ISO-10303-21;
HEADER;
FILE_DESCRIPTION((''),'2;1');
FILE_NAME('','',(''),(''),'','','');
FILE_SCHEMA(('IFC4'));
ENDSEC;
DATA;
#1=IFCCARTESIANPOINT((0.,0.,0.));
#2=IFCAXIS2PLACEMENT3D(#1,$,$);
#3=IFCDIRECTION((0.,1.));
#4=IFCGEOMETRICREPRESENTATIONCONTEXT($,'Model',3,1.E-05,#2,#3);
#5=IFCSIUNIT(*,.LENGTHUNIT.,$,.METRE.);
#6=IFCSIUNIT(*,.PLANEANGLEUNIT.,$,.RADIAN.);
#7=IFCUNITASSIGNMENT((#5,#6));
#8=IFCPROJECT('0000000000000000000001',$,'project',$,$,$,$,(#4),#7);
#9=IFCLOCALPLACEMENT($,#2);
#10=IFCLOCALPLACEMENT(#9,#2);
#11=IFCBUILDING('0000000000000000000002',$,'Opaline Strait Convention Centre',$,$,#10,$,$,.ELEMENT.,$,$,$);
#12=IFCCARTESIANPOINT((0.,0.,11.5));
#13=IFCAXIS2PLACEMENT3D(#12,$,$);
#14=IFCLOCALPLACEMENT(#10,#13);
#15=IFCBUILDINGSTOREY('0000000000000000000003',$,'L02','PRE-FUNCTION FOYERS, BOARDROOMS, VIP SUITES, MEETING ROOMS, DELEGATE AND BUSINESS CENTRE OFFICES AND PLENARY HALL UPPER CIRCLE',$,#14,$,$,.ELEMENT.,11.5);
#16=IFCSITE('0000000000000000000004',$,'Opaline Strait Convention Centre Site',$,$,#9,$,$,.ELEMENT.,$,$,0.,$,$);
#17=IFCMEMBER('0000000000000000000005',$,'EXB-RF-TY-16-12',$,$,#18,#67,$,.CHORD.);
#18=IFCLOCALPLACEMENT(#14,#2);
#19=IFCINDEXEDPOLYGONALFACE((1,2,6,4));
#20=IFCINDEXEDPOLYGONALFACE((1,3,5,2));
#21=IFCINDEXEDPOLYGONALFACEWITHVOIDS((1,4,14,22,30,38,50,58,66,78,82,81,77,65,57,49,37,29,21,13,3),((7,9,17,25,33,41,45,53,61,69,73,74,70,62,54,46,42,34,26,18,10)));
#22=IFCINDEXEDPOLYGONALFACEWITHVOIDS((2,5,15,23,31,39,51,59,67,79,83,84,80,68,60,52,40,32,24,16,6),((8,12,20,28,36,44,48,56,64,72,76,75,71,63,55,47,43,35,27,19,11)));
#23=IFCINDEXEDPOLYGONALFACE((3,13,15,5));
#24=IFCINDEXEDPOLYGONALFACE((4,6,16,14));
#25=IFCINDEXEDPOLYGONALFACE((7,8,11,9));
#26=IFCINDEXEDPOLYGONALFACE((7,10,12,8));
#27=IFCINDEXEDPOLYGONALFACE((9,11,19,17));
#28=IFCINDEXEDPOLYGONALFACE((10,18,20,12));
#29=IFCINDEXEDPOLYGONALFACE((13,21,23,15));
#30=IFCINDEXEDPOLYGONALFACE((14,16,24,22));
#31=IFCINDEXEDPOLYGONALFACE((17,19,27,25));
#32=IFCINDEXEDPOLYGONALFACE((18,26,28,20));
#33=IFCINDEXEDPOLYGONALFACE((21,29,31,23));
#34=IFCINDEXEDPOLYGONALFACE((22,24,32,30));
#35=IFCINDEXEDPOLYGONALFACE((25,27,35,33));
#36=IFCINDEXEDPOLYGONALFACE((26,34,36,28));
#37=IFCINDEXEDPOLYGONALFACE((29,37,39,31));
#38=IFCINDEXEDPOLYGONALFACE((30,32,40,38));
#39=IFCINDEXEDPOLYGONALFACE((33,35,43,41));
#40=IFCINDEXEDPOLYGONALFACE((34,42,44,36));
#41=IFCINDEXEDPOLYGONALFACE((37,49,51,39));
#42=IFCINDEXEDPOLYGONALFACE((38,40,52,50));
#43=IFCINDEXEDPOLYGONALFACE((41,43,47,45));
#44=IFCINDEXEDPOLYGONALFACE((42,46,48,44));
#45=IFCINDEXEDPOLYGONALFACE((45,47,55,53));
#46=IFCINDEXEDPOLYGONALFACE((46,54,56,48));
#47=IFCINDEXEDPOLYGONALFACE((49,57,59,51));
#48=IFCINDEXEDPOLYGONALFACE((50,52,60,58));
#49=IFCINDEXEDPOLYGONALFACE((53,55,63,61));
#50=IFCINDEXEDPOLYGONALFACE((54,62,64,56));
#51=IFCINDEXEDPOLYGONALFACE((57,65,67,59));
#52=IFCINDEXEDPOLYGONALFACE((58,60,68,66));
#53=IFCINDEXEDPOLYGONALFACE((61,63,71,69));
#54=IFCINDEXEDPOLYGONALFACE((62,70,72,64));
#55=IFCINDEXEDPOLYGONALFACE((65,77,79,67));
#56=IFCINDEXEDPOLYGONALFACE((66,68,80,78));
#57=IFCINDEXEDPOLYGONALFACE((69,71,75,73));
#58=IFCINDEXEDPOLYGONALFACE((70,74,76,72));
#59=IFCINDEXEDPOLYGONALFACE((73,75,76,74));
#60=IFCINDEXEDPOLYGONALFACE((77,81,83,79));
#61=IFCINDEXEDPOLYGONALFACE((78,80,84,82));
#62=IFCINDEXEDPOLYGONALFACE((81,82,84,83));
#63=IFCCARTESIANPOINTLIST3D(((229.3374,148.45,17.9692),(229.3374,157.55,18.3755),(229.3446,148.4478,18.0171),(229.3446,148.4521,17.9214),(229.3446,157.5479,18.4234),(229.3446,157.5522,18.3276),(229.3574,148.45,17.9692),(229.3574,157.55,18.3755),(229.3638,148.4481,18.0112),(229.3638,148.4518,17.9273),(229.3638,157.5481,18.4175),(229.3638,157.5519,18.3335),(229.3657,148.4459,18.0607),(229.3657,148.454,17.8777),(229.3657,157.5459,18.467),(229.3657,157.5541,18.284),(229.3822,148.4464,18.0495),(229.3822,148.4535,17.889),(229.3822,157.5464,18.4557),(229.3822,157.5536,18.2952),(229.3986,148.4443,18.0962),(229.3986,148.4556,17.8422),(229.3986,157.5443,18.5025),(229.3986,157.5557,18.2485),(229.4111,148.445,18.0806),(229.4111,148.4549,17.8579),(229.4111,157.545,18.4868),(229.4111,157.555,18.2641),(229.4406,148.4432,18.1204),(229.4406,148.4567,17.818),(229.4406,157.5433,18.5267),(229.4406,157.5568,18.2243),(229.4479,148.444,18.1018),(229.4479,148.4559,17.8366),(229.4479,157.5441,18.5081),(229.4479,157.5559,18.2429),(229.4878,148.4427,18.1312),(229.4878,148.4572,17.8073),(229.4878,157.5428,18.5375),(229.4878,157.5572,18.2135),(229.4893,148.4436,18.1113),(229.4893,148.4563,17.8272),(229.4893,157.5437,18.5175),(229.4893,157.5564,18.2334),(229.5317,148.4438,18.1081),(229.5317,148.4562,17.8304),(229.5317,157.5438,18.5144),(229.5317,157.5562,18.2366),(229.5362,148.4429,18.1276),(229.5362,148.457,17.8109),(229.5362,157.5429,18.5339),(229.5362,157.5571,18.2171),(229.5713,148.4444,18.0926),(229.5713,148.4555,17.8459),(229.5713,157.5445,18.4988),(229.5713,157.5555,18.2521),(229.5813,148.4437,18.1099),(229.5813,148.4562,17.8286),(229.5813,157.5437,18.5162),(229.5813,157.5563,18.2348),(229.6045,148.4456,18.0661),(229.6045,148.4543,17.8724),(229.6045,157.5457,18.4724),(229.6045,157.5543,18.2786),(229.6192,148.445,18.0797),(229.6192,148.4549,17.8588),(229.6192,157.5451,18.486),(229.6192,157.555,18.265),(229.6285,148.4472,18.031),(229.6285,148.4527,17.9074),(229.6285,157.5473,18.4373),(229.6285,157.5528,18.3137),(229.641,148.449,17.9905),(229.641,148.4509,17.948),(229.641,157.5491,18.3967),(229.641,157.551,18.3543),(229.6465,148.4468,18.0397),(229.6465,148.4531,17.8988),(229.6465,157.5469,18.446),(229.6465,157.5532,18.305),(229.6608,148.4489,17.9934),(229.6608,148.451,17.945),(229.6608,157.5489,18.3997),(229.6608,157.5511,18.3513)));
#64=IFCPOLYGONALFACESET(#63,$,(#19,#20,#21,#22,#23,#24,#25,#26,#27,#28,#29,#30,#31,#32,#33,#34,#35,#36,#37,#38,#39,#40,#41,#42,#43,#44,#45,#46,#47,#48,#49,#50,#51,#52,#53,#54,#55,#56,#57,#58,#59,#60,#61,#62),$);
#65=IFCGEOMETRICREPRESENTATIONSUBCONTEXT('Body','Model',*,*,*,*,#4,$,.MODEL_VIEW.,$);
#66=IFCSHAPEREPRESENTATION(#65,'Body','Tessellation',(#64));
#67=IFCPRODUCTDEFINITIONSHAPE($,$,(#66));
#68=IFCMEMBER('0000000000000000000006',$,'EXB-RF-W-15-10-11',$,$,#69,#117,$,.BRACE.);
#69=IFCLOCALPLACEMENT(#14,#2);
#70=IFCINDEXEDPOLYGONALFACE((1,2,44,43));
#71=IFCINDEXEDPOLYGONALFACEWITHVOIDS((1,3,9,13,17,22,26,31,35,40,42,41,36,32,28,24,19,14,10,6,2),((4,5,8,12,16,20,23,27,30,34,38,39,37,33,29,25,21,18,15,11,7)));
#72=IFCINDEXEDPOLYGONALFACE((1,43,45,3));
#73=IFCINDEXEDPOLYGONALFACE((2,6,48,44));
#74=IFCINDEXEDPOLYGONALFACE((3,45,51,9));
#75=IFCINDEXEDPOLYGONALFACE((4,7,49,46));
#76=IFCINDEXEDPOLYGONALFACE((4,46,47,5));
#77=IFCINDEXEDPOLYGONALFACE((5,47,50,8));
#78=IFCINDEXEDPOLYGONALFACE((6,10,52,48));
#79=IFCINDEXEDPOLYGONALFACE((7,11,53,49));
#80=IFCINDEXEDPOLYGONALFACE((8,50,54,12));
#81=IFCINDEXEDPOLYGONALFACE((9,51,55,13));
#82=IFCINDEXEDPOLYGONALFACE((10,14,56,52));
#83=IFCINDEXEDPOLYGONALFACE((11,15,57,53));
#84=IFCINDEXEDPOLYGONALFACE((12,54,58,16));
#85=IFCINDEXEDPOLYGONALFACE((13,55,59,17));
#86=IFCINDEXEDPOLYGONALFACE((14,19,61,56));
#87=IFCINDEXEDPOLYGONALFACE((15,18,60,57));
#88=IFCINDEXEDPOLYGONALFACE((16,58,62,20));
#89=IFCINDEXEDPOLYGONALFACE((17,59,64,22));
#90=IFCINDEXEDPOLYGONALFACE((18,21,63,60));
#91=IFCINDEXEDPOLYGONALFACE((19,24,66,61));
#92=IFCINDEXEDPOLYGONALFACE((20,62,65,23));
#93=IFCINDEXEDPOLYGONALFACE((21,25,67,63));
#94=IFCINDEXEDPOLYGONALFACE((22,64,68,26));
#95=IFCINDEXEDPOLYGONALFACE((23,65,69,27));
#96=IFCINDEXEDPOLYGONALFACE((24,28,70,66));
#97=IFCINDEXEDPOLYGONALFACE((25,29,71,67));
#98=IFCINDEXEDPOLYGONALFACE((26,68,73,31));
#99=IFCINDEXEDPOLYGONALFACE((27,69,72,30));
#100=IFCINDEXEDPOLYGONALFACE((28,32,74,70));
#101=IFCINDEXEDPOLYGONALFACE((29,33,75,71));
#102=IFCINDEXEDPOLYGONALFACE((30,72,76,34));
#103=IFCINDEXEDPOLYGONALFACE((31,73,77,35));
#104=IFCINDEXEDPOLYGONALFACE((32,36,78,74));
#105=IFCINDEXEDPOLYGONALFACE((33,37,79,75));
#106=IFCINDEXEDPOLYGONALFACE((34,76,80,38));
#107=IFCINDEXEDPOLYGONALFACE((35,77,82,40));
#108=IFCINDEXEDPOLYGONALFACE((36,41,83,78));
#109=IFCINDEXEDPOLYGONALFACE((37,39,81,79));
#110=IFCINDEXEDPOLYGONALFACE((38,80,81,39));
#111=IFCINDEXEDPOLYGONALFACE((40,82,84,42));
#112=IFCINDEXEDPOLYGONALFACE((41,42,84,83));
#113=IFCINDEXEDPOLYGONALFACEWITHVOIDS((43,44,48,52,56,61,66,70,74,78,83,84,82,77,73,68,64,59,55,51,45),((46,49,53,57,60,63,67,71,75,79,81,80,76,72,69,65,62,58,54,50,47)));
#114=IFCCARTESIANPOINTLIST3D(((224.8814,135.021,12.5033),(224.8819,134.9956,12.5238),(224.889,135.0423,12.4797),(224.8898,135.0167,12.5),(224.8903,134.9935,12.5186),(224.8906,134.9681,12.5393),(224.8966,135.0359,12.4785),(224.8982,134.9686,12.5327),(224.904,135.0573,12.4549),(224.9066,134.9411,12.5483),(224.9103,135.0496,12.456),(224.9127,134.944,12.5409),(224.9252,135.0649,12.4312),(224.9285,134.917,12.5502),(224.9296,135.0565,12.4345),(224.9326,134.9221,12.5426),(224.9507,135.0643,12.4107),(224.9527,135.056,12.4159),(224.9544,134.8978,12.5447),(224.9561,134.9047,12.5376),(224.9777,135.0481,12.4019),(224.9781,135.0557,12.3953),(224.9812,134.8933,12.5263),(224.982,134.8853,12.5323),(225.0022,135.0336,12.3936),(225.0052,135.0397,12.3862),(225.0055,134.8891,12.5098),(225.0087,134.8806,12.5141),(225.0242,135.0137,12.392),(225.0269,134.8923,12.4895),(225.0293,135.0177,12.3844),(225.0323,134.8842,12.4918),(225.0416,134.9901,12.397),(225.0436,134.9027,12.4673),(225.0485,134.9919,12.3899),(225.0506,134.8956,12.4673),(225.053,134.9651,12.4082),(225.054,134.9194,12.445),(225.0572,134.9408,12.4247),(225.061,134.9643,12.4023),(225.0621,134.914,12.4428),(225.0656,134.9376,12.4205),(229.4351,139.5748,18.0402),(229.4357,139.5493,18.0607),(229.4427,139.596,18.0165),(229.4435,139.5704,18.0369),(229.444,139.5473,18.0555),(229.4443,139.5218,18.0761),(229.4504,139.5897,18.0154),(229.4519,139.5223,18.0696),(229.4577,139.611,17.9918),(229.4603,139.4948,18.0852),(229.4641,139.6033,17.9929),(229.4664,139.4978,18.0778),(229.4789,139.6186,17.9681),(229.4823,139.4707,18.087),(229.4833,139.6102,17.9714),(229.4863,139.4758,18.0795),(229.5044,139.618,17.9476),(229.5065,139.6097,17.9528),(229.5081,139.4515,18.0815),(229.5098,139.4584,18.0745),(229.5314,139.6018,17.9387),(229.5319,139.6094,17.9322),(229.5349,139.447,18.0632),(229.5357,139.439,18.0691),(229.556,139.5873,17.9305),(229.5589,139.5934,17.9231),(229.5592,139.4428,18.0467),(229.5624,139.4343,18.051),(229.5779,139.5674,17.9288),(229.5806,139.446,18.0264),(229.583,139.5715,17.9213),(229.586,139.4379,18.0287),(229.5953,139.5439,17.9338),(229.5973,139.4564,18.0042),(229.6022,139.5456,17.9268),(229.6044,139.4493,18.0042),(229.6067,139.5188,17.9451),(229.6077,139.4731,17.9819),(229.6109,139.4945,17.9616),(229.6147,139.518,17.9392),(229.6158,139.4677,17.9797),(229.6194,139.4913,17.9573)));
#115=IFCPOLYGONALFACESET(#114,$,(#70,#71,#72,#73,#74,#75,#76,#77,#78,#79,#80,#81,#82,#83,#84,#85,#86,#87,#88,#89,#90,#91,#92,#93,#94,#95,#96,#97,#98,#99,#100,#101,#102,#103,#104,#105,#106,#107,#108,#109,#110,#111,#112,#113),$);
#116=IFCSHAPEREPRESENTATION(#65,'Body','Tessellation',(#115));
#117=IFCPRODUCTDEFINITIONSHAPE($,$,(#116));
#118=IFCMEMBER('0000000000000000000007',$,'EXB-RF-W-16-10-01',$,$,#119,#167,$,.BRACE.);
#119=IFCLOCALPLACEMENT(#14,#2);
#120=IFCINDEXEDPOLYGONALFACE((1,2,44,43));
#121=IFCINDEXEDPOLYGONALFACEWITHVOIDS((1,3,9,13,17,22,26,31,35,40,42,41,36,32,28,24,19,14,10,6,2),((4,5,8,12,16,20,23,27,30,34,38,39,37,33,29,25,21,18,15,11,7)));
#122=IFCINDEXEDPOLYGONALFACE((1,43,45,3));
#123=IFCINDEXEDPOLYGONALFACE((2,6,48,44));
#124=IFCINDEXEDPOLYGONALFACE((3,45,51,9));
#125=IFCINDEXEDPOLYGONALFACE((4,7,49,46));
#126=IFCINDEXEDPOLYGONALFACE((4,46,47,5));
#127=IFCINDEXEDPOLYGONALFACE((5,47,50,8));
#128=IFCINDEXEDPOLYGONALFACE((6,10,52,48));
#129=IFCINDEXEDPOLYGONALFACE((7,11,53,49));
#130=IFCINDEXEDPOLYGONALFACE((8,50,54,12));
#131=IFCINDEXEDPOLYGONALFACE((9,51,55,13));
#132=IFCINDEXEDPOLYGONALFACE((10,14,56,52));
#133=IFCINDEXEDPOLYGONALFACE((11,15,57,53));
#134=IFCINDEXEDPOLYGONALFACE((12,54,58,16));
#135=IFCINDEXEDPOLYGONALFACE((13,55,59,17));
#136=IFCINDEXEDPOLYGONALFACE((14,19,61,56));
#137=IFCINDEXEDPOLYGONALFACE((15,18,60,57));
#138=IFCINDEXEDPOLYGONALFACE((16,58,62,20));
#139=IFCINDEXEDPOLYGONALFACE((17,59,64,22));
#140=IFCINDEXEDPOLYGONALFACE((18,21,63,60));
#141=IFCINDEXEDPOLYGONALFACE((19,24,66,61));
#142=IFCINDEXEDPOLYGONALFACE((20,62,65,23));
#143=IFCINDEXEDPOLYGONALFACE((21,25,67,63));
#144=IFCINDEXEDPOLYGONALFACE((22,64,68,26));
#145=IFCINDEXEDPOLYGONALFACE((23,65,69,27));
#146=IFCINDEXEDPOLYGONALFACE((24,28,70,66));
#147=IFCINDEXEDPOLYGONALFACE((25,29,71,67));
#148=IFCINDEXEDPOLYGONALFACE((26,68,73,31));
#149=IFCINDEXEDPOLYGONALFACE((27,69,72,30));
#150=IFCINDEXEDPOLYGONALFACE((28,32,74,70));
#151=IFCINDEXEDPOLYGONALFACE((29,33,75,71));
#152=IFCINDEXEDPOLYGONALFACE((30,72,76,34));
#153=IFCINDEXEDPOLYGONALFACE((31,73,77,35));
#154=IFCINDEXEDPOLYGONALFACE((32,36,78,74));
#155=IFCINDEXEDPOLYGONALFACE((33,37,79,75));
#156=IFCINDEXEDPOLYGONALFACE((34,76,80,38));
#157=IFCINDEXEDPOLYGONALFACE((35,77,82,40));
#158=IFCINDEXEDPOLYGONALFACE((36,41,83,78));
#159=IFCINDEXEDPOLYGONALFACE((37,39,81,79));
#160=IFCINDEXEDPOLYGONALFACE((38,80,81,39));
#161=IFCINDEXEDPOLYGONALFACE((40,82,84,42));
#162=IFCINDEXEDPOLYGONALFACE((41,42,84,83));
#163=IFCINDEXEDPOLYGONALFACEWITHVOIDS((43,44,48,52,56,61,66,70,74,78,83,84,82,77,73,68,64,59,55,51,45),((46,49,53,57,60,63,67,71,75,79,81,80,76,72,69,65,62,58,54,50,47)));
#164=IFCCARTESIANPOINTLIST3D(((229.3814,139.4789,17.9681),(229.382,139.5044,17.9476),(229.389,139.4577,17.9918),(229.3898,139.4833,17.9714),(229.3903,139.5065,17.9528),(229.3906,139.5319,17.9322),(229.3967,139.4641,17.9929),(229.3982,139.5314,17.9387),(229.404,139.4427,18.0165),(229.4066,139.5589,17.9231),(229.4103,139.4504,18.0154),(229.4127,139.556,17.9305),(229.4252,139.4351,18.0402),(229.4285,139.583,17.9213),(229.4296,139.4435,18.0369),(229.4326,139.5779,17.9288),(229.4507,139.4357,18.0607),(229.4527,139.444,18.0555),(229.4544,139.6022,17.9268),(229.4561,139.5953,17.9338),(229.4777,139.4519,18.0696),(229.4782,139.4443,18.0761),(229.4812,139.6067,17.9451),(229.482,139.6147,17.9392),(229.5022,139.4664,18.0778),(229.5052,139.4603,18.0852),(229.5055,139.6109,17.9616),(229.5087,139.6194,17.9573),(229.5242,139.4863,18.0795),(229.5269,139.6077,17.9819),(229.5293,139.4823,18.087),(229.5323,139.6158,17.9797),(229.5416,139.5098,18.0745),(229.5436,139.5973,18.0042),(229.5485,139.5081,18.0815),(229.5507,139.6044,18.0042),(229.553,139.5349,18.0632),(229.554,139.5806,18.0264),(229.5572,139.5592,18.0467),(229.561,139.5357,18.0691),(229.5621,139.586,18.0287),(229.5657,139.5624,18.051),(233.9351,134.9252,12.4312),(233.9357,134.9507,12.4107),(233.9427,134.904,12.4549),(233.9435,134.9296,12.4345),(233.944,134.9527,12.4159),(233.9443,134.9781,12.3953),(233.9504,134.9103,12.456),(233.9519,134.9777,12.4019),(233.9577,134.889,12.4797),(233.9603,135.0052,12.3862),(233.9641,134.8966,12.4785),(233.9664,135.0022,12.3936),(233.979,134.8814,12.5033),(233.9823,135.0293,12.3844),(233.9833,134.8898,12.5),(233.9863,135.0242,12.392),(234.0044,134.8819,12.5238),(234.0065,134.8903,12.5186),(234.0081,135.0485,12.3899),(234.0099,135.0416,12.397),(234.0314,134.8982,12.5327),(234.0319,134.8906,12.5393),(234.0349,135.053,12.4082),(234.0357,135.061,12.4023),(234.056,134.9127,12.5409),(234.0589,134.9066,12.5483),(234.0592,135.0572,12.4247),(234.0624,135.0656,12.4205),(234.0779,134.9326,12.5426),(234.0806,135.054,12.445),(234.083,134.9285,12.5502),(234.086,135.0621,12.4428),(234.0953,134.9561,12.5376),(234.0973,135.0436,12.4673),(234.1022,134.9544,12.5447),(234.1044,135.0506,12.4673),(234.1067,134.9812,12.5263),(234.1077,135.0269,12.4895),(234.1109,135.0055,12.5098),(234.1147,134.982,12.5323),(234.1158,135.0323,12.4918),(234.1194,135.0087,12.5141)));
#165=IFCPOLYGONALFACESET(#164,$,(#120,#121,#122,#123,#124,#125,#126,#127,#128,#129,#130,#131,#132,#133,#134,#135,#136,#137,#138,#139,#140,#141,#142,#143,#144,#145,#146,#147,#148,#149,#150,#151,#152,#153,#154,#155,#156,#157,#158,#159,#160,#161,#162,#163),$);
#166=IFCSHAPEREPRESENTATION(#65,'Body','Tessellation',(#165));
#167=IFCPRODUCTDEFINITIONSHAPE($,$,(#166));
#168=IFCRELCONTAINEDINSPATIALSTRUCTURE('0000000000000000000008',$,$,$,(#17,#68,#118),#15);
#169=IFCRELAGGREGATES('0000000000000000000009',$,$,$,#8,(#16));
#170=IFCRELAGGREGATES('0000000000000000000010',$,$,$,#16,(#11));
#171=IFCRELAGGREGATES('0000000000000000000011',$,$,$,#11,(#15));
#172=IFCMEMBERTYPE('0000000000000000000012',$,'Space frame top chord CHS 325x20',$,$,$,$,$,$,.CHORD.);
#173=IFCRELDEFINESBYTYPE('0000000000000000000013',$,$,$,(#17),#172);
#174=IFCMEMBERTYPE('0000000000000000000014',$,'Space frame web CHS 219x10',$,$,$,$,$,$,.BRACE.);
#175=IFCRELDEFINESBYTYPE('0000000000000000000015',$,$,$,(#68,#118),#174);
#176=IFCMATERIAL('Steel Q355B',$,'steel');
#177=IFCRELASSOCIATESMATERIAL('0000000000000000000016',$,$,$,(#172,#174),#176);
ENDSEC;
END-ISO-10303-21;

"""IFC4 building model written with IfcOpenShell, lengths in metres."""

from ifc_helpers import new_model, si_unit, direction, frame, origin, origin_2d, place, context, subcontext, project, spatial, hollow_circle, extrude, material, material_profile, profile_set, type_object, element, save


model = new_model("IFC4")

# Units and contexts
model_context = context("Model", 3, precision=1e-05, world=origin(), true_north=direction((0.0, 1.0)))
body_context = subcontext(model_context, "Body", "Model", "MODEL_VIEW")
ifc_project = project(units=[si_unit("LENGTHUNIT", "METRE"), si_unit("PLANEANGLEUNIT", "RADIAN")], contexts=[model_context])

# Site, building, storey
site_placement = place(None, origin())
site = spatial("IfcSite", under=ifc_project, at=site_placement, Name="Opaline Strait Convention Centre Site", CompositionType="ELEMENT", RefElevation=0.0)
building_placement = place(site_placement, origin())
building = spatial("IfcBuilding", under=site, at=building_placement, Name="Opaline Strait Convention Centre", CompositionType="ELEMENT")
storey_placement = place(building_placement, frame((0.0, 0.0, 11.5)))
storey = spatial("IfcBuildingStorey", under=building, at=storey_placement, Name="L02", Description="PRE-FUNCTION FOYERS, BOARDROOMS, VIP SUITES, MEETING ROOMS, DELEGATE AND BUSINESS CENTRE OFFICES AND PLENARY HALL UPPER CIRCLE", CompositionType="ELEMENT", Elevation=11.5)

# Members
ifc_material_1 = material(Name="Steel Q355B", Category="steel")
ifc_material_profile_1 = material_profile(ifc_material_1, hollow_circle(Radius=0.1626, WallThickness=0.02, at=origin_2d()), Name="CHS 325x20")
ifc_profile_set_1 = profile_set([ifc_material_profile_1], Name="Steel Q355B")
member_type_1 = type_object("IfcMemberType", Name="Space frame top chord CHS 325x20", PredefinedType="CHORD", material=ifc_profile_set_1)
member_1_placement = place(storey_placement, frame((229.5, 148.45, 17.9692), z_axis=(0.0, 0.999005, 0.044598), x_axis=(-1.0, 0.0, 0.0)))
element("IfcMember", 1, at=member_1_placement, inside=storey, type_object=member_type_1, Name="EXB-RF-TY-16-12", PredefinedType="CHORD", context=body_context, shape_type="SweptSolid", body=[
    extrude(hollow_circle(Radius=0.1626, WallThickness=0.02, at=origin_2d()), origin(), (0.0, 0.0, 1.0), 9.1091),
])
ifc_material_profile_2 = material_profile(ifc_material_1, hollow_circle(Radius=0.1096, WallThickness=0.01, at=origin_2d()), Name="CHS 219x10")
ifc_profile_set_2 = profile_set([ifc_material_profile_2], Name="Steel Q355B")
member_type_2 = type_object("IfcMemberType", Name="Space frame web CHS 219x10", PredefinedType="BRACE", material=ifc_profile_set_2)
for number, where, z_axis, x_axis, name in (
    (2, (229.5269, 139.5269, 18.0042), (-0.536178, -0.536178, -0.65194), (0.707107, -0.707107, 0.0), "EXB-RF-W-15-10-11"),
    (3, (229.4731, 139.5269, 18.0042), (0.536178, -0.536178, -0.65194), (0.707107, 0.707107, 0.0), "EXB-RF-W-16-10-01"),
):
    element("IfcMember", number, at=place(storey_placement, frame(where, z_axis=z_axis, x_axis=x_axis)), inside=storey, type_object=member_type_2, Name=name, PredefinedType="BRACE", context=body_context, shape_type="SweptSolid", body=[
        extrude(hollow_circle(Radius=0.1096, WallThickness=0.01, at=origin_2d()), origin(), (0.0, 0.0, 1.0), 8.4929),
    ])

save(model, "model.ifc")
